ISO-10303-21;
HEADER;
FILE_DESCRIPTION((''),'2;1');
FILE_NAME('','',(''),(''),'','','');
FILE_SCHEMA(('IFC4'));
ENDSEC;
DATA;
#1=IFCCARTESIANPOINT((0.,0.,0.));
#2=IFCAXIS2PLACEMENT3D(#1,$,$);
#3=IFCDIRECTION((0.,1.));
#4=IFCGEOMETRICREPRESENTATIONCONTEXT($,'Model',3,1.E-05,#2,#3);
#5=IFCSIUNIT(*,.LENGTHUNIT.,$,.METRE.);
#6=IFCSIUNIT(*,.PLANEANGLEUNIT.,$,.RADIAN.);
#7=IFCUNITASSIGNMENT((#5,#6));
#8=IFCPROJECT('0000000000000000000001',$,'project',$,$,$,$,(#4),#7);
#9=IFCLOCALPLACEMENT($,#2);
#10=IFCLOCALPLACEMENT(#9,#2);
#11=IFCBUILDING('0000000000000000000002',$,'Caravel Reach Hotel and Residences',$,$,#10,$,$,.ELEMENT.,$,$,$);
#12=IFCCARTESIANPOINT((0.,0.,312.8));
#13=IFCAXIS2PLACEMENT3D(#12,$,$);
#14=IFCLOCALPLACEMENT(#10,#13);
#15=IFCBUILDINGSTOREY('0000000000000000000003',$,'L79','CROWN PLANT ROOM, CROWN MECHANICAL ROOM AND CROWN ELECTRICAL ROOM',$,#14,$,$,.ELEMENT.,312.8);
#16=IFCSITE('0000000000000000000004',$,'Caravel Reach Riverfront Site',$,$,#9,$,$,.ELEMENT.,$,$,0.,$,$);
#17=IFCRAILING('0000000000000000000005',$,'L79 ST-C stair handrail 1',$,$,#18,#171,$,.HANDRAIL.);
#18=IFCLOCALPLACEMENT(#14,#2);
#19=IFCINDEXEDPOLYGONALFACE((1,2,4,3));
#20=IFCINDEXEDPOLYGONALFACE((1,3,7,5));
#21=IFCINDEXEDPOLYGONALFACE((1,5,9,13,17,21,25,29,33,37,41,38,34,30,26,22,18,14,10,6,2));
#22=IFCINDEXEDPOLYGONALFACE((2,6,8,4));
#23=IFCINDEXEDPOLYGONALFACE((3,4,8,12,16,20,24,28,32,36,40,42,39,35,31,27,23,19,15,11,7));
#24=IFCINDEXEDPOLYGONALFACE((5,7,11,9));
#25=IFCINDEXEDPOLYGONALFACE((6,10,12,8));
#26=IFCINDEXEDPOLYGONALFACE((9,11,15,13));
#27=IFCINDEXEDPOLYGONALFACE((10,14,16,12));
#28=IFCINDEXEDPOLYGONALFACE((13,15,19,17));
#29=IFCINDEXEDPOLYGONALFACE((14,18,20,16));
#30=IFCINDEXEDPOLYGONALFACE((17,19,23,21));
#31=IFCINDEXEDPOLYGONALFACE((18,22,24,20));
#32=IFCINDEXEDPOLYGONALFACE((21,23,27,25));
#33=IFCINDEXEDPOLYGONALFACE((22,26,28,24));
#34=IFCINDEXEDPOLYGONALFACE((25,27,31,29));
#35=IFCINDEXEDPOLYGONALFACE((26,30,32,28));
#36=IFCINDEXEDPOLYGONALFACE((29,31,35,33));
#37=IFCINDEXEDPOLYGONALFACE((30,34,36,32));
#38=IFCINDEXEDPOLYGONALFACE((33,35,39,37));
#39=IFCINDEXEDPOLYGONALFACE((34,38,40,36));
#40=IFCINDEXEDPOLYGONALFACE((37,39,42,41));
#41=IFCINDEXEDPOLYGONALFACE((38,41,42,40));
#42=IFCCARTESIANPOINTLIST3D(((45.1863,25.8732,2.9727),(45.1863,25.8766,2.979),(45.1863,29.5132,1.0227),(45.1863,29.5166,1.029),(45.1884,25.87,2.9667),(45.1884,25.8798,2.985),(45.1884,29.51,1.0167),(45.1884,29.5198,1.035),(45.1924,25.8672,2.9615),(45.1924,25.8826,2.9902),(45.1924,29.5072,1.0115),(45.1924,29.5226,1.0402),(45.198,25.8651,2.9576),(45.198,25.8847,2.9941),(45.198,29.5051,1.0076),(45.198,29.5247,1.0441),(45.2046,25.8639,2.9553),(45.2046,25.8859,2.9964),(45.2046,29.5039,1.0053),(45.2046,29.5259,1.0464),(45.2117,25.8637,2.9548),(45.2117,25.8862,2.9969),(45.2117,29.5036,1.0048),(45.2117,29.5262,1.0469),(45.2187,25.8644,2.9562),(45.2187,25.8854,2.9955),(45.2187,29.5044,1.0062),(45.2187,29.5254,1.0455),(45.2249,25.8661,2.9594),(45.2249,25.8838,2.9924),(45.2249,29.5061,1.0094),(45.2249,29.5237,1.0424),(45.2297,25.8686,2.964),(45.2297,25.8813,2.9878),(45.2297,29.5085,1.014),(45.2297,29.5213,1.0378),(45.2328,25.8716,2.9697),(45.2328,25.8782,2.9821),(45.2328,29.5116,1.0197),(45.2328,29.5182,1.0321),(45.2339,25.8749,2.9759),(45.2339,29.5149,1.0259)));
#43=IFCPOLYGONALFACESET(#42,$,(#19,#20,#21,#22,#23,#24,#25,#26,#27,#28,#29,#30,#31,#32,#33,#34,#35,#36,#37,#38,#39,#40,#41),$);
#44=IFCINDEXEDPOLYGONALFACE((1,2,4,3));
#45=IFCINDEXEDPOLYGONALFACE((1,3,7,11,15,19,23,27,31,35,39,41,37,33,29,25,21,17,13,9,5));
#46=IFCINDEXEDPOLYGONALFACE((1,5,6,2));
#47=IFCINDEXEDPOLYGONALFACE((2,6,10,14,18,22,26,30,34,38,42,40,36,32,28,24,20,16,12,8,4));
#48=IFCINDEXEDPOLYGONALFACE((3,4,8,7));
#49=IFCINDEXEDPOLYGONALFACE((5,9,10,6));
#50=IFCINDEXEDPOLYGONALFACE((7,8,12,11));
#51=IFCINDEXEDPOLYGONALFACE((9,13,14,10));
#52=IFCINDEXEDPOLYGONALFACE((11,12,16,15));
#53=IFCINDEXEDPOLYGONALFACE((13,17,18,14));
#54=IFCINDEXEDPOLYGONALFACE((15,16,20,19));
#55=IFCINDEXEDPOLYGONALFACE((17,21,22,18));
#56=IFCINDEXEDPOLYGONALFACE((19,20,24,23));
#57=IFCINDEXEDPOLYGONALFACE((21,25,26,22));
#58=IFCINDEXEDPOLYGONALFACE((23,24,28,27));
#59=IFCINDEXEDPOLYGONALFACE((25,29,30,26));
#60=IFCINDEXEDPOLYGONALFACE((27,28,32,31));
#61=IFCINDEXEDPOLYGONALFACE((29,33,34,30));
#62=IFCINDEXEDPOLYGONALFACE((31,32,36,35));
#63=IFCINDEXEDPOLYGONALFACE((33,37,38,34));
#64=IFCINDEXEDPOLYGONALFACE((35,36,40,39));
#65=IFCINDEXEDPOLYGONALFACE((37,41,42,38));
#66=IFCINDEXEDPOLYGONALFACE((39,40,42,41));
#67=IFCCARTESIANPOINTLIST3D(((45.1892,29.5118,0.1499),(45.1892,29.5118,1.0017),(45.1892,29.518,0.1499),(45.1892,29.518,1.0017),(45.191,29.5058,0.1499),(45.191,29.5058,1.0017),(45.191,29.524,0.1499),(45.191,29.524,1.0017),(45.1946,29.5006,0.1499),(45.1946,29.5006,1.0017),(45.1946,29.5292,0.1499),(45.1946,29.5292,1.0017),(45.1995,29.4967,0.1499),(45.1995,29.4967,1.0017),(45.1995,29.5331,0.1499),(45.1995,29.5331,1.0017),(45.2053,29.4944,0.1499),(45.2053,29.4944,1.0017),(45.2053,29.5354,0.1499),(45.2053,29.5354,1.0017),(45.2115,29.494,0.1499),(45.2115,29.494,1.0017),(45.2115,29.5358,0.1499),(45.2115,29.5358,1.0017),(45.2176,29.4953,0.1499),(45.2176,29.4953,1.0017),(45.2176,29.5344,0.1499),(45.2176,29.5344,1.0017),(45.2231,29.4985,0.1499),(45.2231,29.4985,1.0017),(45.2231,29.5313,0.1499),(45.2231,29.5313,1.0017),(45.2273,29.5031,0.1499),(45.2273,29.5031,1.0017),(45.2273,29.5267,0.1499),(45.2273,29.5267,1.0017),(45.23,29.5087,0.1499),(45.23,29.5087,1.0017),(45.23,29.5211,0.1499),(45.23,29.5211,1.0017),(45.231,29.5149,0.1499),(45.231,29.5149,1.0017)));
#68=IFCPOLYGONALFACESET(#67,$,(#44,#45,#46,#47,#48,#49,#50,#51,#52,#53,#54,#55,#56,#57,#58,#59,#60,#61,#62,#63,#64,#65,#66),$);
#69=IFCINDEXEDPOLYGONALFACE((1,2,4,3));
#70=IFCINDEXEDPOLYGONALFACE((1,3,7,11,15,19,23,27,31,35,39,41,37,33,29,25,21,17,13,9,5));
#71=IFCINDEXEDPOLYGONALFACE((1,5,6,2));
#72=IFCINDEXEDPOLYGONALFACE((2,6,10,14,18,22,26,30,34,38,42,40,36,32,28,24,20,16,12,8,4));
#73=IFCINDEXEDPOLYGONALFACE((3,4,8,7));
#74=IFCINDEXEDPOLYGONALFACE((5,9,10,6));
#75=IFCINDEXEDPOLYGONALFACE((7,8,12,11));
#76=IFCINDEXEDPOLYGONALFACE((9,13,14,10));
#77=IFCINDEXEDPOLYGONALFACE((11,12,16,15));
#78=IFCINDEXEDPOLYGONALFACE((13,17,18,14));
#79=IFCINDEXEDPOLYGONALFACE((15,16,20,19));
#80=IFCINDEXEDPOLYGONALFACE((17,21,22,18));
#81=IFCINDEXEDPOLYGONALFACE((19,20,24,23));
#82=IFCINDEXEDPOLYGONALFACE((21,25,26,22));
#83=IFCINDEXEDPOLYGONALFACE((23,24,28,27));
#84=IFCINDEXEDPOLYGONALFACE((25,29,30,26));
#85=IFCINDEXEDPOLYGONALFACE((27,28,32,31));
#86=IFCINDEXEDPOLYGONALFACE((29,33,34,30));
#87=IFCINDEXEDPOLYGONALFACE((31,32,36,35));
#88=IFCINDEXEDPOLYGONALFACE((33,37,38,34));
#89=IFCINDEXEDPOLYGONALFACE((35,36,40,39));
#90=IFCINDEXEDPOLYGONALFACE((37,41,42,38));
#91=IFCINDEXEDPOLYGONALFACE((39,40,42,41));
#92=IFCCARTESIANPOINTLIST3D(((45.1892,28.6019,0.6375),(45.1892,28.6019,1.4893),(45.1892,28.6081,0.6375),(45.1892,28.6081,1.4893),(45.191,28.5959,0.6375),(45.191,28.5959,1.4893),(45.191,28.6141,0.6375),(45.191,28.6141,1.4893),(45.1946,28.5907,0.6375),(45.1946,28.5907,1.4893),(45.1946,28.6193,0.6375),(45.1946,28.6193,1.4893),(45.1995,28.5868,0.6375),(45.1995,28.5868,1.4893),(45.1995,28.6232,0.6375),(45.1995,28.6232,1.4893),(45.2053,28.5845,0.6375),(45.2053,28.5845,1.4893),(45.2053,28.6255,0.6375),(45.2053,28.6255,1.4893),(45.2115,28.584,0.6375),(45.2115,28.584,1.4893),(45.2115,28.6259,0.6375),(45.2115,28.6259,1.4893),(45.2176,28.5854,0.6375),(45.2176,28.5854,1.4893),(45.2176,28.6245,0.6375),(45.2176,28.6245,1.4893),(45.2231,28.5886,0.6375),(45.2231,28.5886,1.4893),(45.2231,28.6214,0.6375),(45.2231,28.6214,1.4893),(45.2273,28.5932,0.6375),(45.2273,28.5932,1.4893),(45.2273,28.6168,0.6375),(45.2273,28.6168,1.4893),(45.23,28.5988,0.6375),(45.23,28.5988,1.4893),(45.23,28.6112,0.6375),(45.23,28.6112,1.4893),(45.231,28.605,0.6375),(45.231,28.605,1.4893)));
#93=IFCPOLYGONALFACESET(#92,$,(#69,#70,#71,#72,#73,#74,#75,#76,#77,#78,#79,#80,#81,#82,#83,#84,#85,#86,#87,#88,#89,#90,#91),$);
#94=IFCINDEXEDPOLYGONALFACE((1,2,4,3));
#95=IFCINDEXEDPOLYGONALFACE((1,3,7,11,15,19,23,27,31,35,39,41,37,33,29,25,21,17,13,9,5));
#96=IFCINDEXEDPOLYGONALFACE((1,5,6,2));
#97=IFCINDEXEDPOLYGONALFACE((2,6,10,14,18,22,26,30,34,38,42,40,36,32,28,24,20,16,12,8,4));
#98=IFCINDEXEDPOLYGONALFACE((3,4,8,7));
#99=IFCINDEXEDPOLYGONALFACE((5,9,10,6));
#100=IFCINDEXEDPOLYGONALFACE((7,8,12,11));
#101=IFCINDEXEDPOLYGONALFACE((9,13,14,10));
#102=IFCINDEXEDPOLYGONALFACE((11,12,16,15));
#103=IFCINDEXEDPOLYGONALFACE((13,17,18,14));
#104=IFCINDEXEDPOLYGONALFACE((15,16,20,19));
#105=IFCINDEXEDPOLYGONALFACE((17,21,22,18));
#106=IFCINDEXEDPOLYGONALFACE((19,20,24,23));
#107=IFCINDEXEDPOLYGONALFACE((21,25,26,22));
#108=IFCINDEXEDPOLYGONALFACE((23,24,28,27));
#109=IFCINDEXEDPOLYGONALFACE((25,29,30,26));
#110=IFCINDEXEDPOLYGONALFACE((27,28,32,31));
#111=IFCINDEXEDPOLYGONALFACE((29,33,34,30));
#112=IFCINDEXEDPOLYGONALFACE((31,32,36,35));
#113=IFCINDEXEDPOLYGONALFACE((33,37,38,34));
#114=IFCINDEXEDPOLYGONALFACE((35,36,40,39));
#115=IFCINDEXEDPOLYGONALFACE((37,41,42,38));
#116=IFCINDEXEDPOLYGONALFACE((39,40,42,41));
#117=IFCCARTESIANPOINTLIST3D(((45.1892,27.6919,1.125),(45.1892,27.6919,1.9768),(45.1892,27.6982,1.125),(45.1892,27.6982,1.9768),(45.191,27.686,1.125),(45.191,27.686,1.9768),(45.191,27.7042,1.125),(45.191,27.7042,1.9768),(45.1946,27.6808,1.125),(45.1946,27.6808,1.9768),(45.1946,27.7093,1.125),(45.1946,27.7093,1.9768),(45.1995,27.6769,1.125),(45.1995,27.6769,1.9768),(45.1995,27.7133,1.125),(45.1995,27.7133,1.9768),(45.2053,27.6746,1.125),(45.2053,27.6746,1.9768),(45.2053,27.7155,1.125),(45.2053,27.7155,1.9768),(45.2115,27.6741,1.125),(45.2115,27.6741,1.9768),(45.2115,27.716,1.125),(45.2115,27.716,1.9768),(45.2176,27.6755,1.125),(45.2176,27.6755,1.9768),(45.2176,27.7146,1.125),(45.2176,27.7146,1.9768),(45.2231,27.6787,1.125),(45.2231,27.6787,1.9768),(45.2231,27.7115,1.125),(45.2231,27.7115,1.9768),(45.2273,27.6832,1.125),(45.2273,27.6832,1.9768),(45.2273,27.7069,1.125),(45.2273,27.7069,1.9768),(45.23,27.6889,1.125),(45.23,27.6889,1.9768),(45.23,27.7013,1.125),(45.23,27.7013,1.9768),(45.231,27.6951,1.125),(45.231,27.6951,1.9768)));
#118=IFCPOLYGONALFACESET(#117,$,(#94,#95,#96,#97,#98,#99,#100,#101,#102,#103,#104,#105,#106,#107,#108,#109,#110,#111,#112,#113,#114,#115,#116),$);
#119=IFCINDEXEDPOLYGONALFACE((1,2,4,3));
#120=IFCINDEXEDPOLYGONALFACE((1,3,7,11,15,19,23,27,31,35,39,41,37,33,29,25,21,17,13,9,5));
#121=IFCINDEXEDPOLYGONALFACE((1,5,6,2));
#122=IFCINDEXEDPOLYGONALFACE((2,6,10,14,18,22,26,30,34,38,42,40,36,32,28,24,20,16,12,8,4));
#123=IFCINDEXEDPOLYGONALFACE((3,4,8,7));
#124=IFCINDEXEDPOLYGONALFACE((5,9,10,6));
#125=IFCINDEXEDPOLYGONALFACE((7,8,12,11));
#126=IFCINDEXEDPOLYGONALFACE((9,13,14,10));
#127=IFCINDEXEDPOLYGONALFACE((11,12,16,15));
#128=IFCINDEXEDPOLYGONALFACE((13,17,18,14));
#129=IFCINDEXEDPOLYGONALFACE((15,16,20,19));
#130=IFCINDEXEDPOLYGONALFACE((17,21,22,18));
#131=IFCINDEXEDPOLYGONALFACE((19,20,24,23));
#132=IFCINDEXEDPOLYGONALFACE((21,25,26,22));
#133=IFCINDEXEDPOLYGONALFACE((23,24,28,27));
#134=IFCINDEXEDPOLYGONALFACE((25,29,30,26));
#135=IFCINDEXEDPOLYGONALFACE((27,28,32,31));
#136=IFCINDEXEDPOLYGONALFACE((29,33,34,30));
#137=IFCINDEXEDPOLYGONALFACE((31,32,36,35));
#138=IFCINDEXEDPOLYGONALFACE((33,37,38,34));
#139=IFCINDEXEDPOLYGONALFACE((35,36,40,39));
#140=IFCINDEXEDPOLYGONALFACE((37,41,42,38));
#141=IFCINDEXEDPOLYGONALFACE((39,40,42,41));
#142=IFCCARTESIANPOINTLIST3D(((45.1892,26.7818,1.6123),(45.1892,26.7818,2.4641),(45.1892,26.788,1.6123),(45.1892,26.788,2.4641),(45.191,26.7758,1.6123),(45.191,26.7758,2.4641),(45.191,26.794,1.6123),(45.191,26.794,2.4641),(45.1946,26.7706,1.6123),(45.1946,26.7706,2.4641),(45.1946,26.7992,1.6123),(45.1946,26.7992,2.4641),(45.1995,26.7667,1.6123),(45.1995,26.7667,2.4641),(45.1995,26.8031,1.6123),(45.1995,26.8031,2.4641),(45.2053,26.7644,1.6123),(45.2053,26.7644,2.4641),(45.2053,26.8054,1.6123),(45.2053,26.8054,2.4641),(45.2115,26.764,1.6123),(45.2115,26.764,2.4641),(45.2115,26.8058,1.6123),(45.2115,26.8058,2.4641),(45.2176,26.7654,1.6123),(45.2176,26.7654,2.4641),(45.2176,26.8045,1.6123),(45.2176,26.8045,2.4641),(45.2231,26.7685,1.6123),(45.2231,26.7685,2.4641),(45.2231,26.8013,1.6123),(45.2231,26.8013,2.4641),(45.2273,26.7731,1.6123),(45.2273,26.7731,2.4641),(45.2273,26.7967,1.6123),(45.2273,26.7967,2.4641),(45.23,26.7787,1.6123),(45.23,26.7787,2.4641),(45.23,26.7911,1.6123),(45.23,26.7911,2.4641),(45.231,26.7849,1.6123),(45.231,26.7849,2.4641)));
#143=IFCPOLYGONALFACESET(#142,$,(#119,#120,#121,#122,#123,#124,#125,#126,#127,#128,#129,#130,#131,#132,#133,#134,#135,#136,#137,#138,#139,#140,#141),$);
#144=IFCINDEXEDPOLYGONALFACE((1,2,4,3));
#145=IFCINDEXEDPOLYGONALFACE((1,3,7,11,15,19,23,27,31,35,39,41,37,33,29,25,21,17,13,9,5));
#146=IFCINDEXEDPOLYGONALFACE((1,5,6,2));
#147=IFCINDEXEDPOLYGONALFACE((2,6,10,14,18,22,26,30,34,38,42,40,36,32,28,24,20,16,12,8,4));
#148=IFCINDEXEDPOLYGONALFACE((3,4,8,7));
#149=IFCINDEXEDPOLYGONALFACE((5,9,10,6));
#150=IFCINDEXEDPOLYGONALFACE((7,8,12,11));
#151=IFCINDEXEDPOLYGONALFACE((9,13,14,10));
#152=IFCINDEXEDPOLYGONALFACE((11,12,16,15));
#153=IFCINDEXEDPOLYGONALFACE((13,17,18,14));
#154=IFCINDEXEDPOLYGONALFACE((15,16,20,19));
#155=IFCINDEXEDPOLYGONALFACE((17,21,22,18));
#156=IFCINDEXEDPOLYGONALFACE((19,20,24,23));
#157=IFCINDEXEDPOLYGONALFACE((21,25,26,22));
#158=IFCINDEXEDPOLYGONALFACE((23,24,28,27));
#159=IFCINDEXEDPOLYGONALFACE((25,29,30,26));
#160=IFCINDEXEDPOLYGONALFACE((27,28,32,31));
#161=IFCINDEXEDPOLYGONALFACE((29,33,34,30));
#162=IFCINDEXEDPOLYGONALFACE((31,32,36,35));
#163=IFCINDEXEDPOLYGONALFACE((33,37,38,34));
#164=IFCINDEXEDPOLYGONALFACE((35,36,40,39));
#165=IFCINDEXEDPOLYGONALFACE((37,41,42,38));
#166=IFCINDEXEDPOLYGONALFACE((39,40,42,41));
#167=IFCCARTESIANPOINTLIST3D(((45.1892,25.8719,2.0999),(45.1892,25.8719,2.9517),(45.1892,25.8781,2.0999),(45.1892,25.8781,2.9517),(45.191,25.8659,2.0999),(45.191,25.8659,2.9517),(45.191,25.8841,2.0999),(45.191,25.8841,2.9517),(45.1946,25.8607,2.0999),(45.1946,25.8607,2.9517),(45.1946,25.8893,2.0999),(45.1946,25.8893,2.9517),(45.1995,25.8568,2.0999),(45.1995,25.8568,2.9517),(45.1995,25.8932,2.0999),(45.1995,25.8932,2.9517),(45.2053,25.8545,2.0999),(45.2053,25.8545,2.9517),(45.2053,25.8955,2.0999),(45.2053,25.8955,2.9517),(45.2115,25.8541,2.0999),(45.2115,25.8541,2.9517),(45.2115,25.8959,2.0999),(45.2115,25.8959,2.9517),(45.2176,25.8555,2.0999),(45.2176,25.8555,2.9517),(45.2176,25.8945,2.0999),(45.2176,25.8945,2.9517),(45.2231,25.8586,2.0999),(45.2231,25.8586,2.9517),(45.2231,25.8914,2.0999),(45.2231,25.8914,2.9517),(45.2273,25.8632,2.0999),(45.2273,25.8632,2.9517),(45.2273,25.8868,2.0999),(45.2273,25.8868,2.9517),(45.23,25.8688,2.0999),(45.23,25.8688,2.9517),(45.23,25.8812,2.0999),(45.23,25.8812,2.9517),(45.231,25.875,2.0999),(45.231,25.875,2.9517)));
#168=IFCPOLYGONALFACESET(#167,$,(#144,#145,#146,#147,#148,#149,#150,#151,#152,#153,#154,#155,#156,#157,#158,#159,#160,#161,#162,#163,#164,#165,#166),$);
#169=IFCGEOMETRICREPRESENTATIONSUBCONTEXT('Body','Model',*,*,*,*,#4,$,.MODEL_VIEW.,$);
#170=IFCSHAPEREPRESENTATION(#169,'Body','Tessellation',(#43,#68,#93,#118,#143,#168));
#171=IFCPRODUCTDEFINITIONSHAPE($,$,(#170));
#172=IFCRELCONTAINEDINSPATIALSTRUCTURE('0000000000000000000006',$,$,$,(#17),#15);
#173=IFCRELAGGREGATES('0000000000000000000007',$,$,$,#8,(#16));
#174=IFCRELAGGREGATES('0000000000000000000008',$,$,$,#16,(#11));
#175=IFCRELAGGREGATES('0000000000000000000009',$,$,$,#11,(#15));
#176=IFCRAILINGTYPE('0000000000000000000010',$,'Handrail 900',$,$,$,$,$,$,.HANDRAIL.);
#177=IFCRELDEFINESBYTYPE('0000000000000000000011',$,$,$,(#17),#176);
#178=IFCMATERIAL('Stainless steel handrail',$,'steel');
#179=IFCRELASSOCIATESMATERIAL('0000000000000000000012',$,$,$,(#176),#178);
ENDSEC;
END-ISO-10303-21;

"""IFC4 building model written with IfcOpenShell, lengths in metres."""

from ifc_helpers import new_model, si_unit, direction, frame, origin, origin_2d, place, context, subcontext, project, spatial, circle, extrude, material, type_object, element, save


model = new_model("IFC4")

# Units and contexts
model_context = context("Model", 3, precision=1e-05, world=origin(), true_north=direction((0.0, 1.0)))
body_context = subcontext(model_context, "Body", "Model", "MODEL_VIEW")
ifc_project = project(units=[si_unit("LENGTHUNIT", "METRE"), si_unit("PLANEANGLEUNIT", "RADIAN")], contexts=[model_context])

# Site, building, storey
site_placement = place(None, origin())
site = spatial("IfcSite", under=ifc_project, at=site_placement, Name="Caravel Reach Riverfront Site", CompositionType="ELEMENT", RefElevation=0.0)
building_placement = place(site_placement, origin())
building = spatial("IfcBuilding", under=site, at=building_placement, Name="Caravel Reach Hotel and Residences", CompositionType="ELEMENT")
storey_placement = place(building_placement, frame((0.0, 0.0, 312.8)))
storey = spatial("IfcBuildingStorey", under=building, at=storey_placement, Name="L79", Description="CROWN PLANT ROOM, CROWN MECHANICAL ROOM AND CROWN ELECTRICAL ROOM", CompositionType="ELEMENT", Elevation=312.8)

# Railing
ifc_material_1 = material(Name="Stainless steel handrail", Category="steel")
railing_type_1 = type_object("IfcRailingType", Name="Handrail 900", PredefinedType="HANDRAIL", material=ifc_material_1)
railing_1_placement = place(storey_placement, frame((45.21, 29.5149, 0.1499)))
element("IfcRailing", 1, at=railing_1_placement, inside=storey, type_object=railing_type_1, Name="L79 ST-C stair handrail 1", PredefinedType="HANDRAIL", context=body_context, shape_type="SweptSolid", body=[
    extrude(circle(Radius=0.0239, at=origin_2d()), frame((0.0, 0.0, 0.876), z_axis=(0.0, -0.881479, 0.472223), x_axis=(1.0, 0.0, 0.0)), (0.0, 0.0, 1.0), 4.1294),
    extrude(circle(Radius=0.021, at=origin_2d()), origin(), (0.0, 0.0, 1.0), 0.8518),
    extrude(circle(Radius=0.021, at=origin_2d()), frame((0.0, -0.9099, 0.4875)), (0.0, 0.0, 1.0), 0.8518),
    extrude(circle(Radius=0.021, at=origin_2d()), frame((0.0, -1.8198, 0.9751)), (0.0, 0.0, 1.0), 0.8518),
    extrude(circle(Radius=0.021, at=origin_2d()), frame((0.0, -2.73, 1.4624)), (0.0, 0.0, 1.0), 0.8518),
    extrude(circle(Radius=0.021, at=origin_2d()), frame((0.0, -3.6399, 1.95)), (0.0, 0.0, 1.0), 0.8518),
])

save(model, "model.ifc")
